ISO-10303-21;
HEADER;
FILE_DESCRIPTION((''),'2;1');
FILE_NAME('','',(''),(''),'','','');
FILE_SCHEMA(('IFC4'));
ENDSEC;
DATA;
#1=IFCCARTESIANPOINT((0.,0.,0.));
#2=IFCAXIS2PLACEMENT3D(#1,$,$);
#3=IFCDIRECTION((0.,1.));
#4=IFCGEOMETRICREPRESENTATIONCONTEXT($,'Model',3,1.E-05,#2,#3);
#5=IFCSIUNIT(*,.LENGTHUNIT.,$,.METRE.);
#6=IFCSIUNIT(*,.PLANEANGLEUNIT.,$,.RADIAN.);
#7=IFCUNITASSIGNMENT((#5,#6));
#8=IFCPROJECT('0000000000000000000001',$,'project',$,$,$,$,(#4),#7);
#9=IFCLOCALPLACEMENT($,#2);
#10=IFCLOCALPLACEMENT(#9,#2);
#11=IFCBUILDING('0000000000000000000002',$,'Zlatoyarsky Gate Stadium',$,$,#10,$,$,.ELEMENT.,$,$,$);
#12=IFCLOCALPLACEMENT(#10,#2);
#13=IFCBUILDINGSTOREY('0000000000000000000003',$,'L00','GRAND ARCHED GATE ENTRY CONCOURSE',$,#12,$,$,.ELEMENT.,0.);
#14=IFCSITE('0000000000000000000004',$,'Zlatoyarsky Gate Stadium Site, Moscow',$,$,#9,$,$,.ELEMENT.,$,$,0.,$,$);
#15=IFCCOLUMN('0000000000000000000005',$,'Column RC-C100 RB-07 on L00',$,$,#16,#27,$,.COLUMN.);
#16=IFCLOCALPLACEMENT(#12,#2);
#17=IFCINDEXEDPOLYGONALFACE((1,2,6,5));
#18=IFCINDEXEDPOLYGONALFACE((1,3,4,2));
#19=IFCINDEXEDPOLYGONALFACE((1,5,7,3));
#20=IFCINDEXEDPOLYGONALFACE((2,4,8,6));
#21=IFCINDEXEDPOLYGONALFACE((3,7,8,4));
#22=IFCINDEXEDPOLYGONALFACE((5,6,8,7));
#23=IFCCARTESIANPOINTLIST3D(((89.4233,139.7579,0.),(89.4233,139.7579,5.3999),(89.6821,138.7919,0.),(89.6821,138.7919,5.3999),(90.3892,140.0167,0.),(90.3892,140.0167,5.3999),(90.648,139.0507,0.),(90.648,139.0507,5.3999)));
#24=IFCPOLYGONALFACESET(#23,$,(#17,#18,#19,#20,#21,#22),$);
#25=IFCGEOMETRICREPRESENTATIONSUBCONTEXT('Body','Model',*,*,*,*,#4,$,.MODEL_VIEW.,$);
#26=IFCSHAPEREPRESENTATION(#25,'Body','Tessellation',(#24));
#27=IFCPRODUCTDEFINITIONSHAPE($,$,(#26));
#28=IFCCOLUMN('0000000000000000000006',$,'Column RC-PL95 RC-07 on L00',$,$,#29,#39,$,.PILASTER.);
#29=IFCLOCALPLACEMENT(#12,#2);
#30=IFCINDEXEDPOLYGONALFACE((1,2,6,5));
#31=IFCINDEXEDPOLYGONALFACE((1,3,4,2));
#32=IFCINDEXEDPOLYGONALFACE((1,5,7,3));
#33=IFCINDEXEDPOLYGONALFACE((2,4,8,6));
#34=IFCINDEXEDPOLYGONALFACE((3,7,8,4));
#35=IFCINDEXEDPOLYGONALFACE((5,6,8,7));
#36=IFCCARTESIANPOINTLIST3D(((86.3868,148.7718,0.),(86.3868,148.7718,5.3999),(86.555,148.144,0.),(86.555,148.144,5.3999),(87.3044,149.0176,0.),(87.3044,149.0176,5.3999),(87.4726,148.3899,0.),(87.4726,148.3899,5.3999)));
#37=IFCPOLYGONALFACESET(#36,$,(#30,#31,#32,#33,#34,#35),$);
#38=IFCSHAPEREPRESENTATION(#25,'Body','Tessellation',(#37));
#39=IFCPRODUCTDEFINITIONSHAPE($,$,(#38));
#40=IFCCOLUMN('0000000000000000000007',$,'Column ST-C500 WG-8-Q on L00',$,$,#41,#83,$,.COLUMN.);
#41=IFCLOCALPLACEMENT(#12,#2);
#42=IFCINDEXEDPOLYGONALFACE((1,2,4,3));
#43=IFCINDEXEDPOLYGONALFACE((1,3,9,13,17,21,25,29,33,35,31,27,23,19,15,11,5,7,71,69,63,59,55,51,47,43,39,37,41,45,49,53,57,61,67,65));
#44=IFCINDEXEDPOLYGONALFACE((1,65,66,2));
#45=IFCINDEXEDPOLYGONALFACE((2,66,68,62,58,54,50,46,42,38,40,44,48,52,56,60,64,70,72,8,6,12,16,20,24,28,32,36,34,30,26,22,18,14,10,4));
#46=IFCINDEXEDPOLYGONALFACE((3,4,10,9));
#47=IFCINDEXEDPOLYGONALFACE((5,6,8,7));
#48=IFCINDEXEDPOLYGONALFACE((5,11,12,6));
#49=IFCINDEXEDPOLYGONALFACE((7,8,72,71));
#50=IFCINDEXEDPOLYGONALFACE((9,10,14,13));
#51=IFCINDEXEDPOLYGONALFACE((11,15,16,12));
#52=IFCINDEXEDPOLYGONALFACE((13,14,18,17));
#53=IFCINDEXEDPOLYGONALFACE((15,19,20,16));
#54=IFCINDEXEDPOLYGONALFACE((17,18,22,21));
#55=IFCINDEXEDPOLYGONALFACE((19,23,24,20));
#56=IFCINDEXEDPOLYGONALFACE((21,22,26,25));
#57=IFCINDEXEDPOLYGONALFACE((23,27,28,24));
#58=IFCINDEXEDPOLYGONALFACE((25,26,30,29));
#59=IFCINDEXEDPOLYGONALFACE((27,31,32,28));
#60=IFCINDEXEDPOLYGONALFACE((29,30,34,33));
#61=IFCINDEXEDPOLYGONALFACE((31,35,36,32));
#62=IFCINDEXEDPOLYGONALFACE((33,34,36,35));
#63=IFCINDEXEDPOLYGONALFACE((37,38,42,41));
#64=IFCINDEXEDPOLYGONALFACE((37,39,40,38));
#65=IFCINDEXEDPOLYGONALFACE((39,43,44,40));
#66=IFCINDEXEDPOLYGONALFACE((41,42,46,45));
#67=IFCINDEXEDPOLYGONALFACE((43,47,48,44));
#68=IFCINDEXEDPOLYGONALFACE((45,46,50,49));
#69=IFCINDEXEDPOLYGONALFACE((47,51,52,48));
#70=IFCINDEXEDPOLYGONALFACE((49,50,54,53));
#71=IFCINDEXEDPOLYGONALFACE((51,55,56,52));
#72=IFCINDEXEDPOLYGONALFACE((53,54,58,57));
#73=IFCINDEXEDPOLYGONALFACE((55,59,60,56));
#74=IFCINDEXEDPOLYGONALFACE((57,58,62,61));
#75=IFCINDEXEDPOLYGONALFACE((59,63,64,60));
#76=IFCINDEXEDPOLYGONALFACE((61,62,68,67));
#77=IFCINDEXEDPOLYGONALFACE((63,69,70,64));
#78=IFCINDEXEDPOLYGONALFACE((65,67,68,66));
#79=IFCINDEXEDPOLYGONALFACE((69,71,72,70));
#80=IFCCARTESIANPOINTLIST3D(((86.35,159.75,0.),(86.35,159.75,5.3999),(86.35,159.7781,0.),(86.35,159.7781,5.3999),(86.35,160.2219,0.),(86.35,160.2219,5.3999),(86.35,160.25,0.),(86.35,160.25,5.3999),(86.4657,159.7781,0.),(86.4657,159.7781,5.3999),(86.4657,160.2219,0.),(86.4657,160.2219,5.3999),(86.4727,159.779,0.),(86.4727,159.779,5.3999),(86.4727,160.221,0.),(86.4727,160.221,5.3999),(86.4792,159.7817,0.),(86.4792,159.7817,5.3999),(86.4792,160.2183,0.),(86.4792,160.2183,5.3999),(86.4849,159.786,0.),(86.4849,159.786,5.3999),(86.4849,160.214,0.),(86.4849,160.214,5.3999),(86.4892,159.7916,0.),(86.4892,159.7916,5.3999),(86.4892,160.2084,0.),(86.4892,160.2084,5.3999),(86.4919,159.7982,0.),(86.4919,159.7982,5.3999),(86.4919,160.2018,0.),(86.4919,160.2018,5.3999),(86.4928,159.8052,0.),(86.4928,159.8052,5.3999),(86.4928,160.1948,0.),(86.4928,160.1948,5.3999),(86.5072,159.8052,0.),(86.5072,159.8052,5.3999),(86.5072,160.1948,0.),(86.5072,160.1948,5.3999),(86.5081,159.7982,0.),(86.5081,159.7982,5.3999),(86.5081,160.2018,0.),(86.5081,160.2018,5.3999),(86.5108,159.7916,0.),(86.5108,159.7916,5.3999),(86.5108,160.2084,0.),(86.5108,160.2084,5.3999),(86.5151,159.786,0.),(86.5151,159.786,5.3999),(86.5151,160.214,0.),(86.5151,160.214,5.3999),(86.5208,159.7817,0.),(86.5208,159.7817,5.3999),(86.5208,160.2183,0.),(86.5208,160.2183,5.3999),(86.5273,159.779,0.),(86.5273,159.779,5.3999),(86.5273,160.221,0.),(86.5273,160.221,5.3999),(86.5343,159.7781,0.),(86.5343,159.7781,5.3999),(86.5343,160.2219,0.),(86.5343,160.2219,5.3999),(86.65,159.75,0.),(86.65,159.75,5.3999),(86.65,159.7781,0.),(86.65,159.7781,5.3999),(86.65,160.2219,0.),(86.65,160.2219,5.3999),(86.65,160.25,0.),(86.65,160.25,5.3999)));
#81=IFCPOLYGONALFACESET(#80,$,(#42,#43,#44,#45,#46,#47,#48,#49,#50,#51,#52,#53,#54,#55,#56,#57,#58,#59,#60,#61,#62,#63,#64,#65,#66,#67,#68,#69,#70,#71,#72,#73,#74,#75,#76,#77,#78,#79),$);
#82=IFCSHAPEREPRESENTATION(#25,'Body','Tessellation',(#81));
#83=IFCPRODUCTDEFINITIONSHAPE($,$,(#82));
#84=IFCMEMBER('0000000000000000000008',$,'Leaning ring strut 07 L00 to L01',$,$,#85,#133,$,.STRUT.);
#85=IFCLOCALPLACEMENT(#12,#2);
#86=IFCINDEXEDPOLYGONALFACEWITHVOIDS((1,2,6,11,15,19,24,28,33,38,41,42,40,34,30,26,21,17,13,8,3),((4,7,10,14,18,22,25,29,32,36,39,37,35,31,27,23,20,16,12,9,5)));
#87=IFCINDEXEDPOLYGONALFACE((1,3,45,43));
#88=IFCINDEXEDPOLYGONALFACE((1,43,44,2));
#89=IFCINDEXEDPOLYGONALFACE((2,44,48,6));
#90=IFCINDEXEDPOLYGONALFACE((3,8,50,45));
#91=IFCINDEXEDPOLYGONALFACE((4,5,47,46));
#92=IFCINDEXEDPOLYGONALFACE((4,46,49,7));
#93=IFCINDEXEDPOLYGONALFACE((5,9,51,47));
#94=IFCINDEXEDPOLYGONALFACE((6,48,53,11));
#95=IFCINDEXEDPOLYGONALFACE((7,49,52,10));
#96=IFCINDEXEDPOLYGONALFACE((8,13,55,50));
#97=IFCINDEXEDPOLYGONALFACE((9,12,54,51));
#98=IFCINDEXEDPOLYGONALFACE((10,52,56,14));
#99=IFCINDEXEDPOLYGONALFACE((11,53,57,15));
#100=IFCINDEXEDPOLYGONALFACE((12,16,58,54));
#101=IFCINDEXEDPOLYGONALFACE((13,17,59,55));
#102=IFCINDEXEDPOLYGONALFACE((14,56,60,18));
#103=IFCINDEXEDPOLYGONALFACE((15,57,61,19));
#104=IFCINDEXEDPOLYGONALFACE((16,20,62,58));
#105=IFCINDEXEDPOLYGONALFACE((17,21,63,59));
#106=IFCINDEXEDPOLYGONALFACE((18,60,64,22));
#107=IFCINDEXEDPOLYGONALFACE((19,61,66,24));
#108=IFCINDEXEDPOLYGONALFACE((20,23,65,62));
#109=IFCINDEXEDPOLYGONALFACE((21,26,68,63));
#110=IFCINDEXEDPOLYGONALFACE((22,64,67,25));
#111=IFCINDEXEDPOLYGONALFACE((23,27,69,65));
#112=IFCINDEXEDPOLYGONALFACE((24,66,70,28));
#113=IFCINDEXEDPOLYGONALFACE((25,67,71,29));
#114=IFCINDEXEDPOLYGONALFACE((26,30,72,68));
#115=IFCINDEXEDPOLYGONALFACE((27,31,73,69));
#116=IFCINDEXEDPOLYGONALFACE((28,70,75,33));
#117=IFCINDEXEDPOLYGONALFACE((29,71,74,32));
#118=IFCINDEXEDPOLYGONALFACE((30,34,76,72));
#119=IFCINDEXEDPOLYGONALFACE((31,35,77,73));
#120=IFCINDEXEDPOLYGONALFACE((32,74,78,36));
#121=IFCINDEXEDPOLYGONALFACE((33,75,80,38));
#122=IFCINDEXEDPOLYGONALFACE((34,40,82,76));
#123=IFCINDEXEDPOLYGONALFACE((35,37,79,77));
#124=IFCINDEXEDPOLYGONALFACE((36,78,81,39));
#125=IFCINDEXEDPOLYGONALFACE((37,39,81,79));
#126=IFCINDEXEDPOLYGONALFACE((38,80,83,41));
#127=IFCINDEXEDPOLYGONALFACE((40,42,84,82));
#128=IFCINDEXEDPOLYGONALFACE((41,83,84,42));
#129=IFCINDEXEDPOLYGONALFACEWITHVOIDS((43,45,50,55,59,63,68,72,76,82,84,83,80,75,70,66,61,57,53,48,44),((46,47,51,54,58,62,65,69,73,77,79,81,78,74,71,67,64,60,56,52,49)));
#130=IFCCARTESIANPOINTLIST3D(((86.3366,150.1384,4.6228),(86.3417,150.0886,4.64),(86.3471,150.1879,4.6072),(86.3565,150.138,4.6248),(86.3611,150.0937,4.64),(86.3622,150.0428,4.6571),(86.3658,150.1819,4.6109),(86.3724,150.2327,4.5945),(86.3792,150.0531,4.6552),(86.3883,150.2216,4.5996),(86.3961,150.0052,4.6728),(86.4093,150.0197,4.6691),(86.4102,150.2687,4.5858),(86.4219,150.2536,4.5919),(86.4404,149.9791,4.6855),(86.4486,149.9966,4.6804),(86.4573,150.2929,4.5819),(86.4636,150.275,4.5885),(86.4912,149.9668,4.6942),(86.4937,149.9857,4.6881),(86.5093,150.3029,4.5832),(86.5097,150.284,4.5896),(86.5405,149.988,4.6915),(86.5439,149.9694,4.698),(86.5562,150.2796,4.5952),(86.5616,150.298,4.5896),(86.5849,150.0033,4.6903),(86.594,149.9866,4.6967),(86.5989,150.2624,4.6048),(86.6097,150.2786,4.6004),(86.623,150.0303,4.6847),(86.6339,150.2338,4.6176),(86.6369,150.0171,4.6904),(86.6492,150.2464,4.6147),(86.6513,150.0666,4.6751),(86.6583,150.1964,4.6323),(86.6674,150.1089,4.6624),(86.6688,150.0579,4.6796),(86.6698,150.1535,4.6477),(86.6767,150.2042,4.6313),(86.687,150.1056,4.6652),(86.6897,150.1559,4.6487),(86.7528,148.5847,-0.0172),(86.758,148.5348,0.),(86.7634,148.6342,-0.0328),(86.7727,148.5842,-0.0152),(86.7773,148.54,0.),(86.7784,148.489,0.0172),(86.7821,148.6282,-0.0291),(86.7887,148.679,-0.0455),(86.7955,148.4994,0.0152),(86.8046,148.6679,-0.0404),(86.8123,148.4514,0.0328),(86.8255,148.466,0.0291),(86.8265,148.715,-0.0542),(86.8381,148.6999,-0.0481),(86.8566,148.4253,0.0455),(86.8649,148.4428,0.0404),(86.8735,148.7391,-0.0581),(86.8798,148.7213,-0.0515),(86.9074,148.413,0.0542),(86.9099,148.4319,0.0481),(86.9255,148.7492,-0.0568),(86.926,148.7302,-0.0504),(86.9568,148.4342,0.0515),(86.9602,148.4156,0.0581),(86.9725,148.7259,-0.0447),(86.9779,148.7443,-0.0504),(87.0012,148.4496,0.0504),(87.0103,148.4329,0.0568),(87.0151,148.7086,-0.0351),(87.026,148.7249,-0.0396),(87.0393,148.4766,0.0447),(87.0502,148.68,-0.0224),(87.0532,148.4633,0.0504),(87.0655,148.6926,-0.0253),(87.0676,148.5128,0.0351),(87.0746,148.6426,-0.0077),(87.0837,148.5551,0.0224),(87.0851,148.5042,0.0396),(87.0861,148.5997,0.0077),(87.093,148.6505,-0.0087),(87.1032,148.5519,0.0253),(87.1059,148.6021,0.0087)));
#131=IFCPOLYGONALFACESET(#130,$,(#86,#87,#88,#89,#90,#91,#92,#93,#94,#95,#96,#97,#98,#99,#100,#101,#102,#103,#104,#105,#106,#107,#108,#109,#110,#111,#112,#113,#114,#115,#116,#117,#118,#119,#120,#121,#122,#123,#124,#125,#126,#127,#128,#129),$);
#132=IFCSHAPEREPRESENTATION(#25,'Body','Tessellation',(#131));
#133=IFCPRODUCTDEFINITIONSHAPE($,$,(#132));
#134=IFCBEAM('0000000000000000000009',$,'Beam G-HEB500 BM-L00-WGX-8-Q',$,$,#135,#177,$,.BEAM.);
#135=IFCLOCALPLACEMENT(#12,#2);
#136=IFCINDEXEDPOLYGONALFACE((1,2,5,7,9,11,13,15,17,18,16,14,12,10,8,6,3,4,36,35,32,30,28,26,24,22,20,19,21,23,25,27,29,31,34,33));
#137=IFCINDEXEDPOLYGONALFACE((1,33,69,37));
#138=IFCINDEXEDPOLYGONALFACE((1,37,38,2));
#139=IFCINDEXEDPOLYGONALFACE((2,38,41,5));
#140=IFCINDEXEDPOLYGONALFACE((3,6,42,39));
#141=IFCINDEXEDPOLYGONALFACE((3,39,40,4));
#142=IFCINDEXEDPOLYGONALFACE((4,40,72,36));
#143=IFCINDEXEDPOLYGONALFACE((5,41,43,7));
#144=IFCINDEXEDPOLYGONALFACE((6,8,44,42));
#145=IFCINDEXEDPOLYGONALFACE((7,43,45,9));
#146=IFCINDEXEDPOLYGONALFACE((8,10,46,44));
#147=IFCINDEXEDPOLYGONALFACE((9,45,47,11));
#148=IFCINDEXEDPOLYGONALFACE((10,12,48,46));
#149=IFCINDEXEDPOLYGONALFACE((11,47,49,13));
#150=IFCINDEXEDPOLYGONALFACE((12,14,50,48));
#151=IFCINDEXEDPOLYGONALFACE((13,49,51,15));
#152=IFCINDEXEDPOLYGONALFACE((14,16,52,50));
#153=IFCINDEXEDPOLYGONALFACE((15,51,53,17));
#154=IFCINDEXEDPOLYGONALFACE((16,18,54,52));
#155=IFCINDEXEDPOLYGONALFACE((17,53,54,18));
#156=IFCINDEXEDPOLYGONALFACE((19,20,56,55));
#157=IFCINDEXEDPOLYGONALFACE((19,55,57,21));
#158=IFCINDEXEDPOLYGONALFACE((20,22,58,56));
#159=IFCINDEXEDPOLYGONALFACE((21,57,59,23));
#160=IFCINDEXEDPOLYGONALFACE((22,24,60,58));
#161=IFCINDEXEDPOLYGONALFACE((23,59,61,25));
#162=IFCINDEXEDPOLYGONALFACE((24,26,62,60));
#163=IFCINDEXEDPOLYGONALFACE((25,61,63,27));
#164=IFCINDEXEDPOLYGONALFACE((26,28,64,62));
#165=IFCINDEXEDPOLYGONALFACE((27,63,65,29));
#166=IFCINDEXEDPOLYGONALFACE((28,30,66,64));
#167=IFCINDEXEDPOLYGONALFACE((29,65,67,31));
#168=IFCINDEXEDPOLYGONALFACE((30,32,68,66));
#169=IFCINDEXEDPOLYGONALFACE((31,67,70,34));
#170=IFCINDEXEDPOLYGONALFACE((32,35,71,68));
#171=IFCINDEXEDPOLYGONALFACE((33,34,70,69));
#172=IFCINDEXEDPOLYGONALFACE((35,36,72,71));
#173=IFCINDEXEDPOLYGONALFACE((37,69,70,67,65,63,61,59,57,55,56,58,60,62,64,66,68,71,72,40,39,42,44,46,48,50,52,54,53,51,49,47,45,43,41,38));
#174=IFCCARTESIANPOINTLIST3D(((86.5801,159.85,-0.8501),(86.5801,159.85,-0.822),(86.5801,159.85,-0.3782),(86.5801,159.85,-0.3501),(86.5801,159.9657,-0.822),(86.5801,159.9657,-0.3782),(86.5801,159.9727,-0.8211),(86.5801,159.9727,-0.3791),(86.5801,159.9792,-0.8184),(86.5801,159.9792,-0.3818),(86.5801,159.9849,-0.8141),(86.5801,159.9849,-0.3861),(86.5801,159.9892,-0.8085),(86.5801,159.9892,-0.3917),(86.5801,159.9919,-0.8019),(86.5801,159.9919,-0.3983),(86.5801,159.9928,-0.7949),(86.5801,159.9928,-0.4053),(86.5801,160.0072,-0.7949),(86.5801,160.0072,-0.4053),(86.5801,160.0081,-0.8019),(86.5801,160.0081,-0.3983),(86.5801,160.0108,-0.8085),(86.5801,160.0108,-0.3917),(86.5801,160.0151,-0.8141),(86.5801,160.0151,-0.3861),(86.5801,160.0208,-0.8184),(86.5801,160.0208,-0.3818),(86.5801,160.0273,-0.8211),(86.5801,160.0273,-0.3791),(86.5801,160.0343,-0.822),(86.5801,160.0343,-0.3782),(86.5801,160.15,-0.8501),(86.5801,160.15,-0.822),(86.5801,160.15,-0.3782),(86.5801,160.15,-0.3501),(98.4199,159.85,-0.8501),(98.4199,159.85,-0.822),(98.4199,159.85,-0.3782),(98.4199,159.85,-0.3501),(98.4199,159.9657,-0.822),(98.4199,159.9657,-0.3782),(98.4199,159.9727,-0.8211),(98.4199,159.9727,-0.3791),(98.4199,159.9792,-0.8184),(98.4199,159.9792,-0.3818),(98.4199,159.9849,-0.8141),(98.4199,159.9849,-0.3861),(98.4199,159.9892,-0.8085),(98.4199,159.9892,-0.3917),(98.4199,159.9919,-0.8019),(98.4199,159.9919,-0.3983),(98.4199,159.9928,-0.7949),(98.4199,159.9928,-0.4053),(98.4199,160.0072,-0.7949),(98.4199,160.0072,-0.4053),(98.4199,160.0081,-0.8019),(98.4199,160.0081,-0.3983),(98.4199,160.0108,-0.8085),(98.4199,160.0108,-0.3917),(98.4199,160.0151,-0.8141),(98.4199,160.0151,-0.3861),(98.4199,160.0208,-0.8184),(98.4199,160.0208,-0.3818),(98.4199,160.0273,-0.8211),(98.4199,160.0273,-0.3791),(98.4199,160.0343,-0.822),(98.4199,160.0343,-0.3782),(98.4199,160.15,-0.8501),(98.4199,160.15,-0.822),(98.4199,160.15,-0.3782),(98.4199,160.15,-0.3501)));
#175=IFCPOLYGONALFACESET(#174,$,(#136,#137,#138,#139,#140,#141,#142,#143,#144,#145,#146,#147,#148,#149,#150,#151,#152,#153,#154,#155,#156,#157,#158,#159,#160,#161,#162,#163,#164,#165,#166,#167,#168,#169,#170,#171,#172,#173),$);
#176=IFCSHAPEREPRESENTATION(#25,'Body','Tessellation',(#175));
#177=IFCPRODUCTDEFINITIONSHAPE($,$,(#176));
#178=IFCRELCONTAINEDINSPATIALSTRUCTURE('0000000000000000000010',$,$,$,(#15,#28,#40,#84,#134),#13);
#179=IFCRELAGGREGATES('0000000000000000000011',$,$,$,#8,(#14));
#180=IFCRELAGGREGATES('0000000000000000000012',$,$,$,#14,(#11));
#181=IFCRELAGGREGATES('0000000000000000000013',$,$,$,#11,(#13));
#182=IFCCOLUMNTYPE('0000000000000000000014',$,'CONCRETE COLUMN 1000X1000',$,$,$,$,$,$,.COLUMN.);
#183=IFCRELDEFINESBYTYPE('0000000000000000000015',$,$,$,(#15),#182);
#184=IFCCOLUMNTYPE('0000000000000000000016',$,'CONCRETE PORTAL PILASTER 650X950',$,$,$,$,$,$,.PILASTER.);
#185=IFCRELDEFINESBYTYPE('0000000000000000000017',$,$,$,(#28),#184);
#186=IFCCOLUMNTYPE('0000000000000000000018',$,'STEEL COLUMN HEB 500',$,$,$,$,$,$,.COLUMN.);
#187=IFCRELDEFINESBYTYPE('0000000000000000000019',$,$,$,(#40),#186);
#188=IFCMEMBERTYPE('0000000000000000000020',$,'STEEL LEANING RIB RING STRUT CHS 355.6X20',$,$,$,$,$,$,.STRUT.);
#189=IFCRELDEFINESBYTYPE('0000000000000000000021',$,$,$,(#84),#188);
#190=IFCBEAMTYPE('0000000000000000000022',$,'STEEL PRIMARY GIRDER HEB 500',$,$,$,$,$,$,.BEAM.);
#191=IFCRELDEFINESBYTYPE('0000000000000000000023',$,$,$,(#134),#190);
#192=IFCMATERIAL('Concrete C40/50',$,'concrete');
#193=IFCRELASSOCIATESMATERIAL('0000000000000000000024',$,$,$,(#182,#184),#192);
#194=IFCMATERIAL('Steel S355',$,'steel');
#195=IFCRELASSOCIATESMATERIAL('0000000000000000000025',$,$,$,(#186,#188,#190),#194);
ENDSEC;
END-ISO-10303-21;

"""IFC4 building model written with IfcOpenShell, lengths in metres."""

from ifc_helpers import new_model, si_unit, direction, frame, origin, origin_2d, place, context, subcontext, project, spatial, rectangle, hollow_circle, i_section, extrude, material, material_profile, profile_set, type_object, element, save


model = new_model("IFC4")

# Units and contexts
model_context = context("Model", 3, precision=1e-05, world=origin(), true_north=direction((0.0, 1.0)))
body_context = subcontext(model_context, "Body", "Model", "MODEL_VIEW")
ifc_project = project(units=[si_unit("LENGTHUNIT", "METRE"), si_unit("PLANEANGLEUNIT", "RADIAN")], contexts=[model_context])

# Site, building, storey
site_placement = place(None, origin())
site = spatial("IfcSite", under=ifc_project, at=site_placement, Name="Zlatoyarsky Gate Stadium Site, Moscow", CompositionType="ELEMENT", RefElevation=0.0)
building_placement = place(site_placement, origin())
building = spatial("IfcBuilding", under=site, at=building_placement, Name="Zlatoyarsky Gate Stadium", CompositionType="ELEMENT")
storey_placement = place(building_placement, origin())
storey = spatial("IfcBuildingStorey", under=building, at=storey_placement, Name="L00", Description="GRAND ARCHED GATE ENTRY CONCOURSE", CompositionType="ELEMENT", Elevation=0.0)

# Columns
ifc_material_1 = material(Name="Concrete C40/50", Category="concrete")
ifc_material_profile_1 = material_profile(ifc_material_1, rectangle(XDim=1.0, YDim=1.0, at=origin_2d()), Name="RC COL 1000X1000")
ifc_profile_set_1 = profile_set([ifc_material_profile_1], Name="Concrete C40/50")
column_type_1 = type_object("IfcColumnType", Name="CONCRETE COLUMN 1000X1000", PredefinedType="COLUMN", material=ifc_profile_set_1)
column_1_placement = place(storey_placement, frame((90.0356, 139.4043, 0.0), z_axis=(0.0, 0.0, 1.0), x_axis=(-0.258819, 0.965926, 0.0)))
element("IfcColumn", 1, at=column_1_placement, inside=storey, type_object=column_type_1, Name="Column RC-C100 RB-07 on L00", PredefinedType="COLUMN", context=body_context, shape_type="SweptSolid", body=[
    extrude(rectangle(XDim=1.0, YDim=1.0, at=origin_2d()), origin(), (0.0, 0.0, 1.0), 5.3999),
])
ifc_material_profile_2 = material_profile(ifc_material_1, rectangle(XDim=0.6499, YDim=0.95, at=origin_2d()), Name="RC PILASTER 650X950")
ifc_profile_set_2 = profile_set([ifc_material_profile_2], Name="Concrete C40/50")
column_type_2 = type_object("IfcColumnType", Name="CONCRETE PORTAL PILASTER 650X950", PredefinedType="PILASTER", material=ifc_profile_set_2)
column_2_placement = place(storey_placement, frame((86.9297, 148.5808, 0.0), z_axis=(0.0, 0.0, 1.0), x_axis=(-0.258819, 0.965926, 0.0)))
element("IfcColumn", 2, at=column_2_placement, inside=storey, type_object=column_type_2, Name="Column RC-PL95 RC-07 on L00", PredefinedType="PILASTER", context=body_context, shape_type="SweptSolid", body=[
    extrude(rectangle(XDim=0.6499, YDim=0.95, at=origin_2d()), origin(), (0.0, 0.0, 1.0), 5.3999),
])
ifc_material_2 = material(Name="Steel S355", Category="steel")
ifc_material_profile_3 = material_profile(ifc_material_2, i_section(OverallWidth=0.3, OverallDepth=0.5, WebThickness=0.0144, FlangeThickness=0.0281, FilletRadius=0.0271, at=origin_2d()), Name="HEB 500")
ifc_profile_set_3 = profile_set([ifc_material_profile_3], Name="Steel S355")
column_type_3 = type_object("IfcColumnType", Name="STEEL COLUMN HEB 500", PredefinedType="COLUMN", material=ifc_profile_set_3)
column_3_placement = place(storey_placement, frame((86.5, 160.0, 0.0), z_axis=(0.0, 0.0, 1.0), x_axis=(1.0, 0.0, 0.0)))
element("IfcColumn", 3, at=column_3_placement, inside=storey, type_object=column_type_3, Name="Column ST-C500 WG-8-Q on L00", PredefinedType="COLUMN", context=body_context, shape_type="SweptSolid", body=[
    extrude(i_section(OverallWidth=0.3, OverallDepth=0.5, WebThickness=0.0144, FlangeThickness=0.0281, FilletRadius=0.0271, at=origin_2d()), origin(), (0.0, 0.0, 1.0), 5.3999),
])

# Member
ifc_material_profile_4 = material_profile(ifc_material_2, hollow_circle(Radius=0.1777, WallThickness=0.02, at=origin_2d()), Name="CHS 355.6X20")
ifc_profile_set_4 = profile_set([ifc_material_profile_4], Name="Steel S355")
member_type = type_object("IfcMemberType", Name="STEEL LEANING RIB RING STRUT CHS 355.6X20", PredefinedType="STRUT", material=ifc_profile_set_4)
member_placement = place(storey_placement, frame((86.9297, 148.5808, 0.0), z_axis=(-0.084764, 0.316387, 0.944836), x_axis=(-0.965935, -0.258787, 0.0)))
element("IfcMember", 4, at=member_placement, inside=storey, type_object=member_type, Name="Leaning ring strut 07 L00 to L01", PredefinedType="STRUT", context=body_context, shape_type="SweptSolid", body=[
    extrude(hollow_circle(Radius=0.1777, WallThickness=0.02, at=origin_2d()), origin(), (0.0, 0.0, 1.0), 4.9109),
])

# Beam
ifc_material_profile_5 = material_profile(ifc_material_2, i_section(OverallWidth=0.3, OverallDepth=0.5, WebThickness=0.0144, FlangeThickness=0.0281, FilletRadius=0.0271, at=origin_2d()), Name="HEB 500")
ifc_profile_set_5 = profile_set([ifc_material_profile_5], Name="Steel S355")
beam_type_1 = type_object("IfcBeamType", Name="STEEL PRIMARY GIRDER HEB 500", PredefinedType="BEAM", material=ifc_profile_set_5)
beam_1_placement = place(storey_placement, frame((86.5801, 160.0, -0.6001), z_axis=(1.0, 0.0, 0.0), x_axis=(0.0, 1.0, 0.0)))
element("IfcBeam", 5, at=beam_1_placement, inside=storey, type_object=beam_type_1, Name="Beam G-HEB500 BM-L00-WGX-8-Q", PredefinedType="BEAM", context=body_context, shape_type="SweptSolid", body=[
    extrude(i_section(OverallWidth=0.3, OverallDepth=0.5, WebThickness=0.0144, FlangeThickness=0.0281, FilletRadius=0.0271, at=origin_2d()), origin(), (0.0, 0.0, 1.0), 11.8398),
])

save(model, "model.ifc")
